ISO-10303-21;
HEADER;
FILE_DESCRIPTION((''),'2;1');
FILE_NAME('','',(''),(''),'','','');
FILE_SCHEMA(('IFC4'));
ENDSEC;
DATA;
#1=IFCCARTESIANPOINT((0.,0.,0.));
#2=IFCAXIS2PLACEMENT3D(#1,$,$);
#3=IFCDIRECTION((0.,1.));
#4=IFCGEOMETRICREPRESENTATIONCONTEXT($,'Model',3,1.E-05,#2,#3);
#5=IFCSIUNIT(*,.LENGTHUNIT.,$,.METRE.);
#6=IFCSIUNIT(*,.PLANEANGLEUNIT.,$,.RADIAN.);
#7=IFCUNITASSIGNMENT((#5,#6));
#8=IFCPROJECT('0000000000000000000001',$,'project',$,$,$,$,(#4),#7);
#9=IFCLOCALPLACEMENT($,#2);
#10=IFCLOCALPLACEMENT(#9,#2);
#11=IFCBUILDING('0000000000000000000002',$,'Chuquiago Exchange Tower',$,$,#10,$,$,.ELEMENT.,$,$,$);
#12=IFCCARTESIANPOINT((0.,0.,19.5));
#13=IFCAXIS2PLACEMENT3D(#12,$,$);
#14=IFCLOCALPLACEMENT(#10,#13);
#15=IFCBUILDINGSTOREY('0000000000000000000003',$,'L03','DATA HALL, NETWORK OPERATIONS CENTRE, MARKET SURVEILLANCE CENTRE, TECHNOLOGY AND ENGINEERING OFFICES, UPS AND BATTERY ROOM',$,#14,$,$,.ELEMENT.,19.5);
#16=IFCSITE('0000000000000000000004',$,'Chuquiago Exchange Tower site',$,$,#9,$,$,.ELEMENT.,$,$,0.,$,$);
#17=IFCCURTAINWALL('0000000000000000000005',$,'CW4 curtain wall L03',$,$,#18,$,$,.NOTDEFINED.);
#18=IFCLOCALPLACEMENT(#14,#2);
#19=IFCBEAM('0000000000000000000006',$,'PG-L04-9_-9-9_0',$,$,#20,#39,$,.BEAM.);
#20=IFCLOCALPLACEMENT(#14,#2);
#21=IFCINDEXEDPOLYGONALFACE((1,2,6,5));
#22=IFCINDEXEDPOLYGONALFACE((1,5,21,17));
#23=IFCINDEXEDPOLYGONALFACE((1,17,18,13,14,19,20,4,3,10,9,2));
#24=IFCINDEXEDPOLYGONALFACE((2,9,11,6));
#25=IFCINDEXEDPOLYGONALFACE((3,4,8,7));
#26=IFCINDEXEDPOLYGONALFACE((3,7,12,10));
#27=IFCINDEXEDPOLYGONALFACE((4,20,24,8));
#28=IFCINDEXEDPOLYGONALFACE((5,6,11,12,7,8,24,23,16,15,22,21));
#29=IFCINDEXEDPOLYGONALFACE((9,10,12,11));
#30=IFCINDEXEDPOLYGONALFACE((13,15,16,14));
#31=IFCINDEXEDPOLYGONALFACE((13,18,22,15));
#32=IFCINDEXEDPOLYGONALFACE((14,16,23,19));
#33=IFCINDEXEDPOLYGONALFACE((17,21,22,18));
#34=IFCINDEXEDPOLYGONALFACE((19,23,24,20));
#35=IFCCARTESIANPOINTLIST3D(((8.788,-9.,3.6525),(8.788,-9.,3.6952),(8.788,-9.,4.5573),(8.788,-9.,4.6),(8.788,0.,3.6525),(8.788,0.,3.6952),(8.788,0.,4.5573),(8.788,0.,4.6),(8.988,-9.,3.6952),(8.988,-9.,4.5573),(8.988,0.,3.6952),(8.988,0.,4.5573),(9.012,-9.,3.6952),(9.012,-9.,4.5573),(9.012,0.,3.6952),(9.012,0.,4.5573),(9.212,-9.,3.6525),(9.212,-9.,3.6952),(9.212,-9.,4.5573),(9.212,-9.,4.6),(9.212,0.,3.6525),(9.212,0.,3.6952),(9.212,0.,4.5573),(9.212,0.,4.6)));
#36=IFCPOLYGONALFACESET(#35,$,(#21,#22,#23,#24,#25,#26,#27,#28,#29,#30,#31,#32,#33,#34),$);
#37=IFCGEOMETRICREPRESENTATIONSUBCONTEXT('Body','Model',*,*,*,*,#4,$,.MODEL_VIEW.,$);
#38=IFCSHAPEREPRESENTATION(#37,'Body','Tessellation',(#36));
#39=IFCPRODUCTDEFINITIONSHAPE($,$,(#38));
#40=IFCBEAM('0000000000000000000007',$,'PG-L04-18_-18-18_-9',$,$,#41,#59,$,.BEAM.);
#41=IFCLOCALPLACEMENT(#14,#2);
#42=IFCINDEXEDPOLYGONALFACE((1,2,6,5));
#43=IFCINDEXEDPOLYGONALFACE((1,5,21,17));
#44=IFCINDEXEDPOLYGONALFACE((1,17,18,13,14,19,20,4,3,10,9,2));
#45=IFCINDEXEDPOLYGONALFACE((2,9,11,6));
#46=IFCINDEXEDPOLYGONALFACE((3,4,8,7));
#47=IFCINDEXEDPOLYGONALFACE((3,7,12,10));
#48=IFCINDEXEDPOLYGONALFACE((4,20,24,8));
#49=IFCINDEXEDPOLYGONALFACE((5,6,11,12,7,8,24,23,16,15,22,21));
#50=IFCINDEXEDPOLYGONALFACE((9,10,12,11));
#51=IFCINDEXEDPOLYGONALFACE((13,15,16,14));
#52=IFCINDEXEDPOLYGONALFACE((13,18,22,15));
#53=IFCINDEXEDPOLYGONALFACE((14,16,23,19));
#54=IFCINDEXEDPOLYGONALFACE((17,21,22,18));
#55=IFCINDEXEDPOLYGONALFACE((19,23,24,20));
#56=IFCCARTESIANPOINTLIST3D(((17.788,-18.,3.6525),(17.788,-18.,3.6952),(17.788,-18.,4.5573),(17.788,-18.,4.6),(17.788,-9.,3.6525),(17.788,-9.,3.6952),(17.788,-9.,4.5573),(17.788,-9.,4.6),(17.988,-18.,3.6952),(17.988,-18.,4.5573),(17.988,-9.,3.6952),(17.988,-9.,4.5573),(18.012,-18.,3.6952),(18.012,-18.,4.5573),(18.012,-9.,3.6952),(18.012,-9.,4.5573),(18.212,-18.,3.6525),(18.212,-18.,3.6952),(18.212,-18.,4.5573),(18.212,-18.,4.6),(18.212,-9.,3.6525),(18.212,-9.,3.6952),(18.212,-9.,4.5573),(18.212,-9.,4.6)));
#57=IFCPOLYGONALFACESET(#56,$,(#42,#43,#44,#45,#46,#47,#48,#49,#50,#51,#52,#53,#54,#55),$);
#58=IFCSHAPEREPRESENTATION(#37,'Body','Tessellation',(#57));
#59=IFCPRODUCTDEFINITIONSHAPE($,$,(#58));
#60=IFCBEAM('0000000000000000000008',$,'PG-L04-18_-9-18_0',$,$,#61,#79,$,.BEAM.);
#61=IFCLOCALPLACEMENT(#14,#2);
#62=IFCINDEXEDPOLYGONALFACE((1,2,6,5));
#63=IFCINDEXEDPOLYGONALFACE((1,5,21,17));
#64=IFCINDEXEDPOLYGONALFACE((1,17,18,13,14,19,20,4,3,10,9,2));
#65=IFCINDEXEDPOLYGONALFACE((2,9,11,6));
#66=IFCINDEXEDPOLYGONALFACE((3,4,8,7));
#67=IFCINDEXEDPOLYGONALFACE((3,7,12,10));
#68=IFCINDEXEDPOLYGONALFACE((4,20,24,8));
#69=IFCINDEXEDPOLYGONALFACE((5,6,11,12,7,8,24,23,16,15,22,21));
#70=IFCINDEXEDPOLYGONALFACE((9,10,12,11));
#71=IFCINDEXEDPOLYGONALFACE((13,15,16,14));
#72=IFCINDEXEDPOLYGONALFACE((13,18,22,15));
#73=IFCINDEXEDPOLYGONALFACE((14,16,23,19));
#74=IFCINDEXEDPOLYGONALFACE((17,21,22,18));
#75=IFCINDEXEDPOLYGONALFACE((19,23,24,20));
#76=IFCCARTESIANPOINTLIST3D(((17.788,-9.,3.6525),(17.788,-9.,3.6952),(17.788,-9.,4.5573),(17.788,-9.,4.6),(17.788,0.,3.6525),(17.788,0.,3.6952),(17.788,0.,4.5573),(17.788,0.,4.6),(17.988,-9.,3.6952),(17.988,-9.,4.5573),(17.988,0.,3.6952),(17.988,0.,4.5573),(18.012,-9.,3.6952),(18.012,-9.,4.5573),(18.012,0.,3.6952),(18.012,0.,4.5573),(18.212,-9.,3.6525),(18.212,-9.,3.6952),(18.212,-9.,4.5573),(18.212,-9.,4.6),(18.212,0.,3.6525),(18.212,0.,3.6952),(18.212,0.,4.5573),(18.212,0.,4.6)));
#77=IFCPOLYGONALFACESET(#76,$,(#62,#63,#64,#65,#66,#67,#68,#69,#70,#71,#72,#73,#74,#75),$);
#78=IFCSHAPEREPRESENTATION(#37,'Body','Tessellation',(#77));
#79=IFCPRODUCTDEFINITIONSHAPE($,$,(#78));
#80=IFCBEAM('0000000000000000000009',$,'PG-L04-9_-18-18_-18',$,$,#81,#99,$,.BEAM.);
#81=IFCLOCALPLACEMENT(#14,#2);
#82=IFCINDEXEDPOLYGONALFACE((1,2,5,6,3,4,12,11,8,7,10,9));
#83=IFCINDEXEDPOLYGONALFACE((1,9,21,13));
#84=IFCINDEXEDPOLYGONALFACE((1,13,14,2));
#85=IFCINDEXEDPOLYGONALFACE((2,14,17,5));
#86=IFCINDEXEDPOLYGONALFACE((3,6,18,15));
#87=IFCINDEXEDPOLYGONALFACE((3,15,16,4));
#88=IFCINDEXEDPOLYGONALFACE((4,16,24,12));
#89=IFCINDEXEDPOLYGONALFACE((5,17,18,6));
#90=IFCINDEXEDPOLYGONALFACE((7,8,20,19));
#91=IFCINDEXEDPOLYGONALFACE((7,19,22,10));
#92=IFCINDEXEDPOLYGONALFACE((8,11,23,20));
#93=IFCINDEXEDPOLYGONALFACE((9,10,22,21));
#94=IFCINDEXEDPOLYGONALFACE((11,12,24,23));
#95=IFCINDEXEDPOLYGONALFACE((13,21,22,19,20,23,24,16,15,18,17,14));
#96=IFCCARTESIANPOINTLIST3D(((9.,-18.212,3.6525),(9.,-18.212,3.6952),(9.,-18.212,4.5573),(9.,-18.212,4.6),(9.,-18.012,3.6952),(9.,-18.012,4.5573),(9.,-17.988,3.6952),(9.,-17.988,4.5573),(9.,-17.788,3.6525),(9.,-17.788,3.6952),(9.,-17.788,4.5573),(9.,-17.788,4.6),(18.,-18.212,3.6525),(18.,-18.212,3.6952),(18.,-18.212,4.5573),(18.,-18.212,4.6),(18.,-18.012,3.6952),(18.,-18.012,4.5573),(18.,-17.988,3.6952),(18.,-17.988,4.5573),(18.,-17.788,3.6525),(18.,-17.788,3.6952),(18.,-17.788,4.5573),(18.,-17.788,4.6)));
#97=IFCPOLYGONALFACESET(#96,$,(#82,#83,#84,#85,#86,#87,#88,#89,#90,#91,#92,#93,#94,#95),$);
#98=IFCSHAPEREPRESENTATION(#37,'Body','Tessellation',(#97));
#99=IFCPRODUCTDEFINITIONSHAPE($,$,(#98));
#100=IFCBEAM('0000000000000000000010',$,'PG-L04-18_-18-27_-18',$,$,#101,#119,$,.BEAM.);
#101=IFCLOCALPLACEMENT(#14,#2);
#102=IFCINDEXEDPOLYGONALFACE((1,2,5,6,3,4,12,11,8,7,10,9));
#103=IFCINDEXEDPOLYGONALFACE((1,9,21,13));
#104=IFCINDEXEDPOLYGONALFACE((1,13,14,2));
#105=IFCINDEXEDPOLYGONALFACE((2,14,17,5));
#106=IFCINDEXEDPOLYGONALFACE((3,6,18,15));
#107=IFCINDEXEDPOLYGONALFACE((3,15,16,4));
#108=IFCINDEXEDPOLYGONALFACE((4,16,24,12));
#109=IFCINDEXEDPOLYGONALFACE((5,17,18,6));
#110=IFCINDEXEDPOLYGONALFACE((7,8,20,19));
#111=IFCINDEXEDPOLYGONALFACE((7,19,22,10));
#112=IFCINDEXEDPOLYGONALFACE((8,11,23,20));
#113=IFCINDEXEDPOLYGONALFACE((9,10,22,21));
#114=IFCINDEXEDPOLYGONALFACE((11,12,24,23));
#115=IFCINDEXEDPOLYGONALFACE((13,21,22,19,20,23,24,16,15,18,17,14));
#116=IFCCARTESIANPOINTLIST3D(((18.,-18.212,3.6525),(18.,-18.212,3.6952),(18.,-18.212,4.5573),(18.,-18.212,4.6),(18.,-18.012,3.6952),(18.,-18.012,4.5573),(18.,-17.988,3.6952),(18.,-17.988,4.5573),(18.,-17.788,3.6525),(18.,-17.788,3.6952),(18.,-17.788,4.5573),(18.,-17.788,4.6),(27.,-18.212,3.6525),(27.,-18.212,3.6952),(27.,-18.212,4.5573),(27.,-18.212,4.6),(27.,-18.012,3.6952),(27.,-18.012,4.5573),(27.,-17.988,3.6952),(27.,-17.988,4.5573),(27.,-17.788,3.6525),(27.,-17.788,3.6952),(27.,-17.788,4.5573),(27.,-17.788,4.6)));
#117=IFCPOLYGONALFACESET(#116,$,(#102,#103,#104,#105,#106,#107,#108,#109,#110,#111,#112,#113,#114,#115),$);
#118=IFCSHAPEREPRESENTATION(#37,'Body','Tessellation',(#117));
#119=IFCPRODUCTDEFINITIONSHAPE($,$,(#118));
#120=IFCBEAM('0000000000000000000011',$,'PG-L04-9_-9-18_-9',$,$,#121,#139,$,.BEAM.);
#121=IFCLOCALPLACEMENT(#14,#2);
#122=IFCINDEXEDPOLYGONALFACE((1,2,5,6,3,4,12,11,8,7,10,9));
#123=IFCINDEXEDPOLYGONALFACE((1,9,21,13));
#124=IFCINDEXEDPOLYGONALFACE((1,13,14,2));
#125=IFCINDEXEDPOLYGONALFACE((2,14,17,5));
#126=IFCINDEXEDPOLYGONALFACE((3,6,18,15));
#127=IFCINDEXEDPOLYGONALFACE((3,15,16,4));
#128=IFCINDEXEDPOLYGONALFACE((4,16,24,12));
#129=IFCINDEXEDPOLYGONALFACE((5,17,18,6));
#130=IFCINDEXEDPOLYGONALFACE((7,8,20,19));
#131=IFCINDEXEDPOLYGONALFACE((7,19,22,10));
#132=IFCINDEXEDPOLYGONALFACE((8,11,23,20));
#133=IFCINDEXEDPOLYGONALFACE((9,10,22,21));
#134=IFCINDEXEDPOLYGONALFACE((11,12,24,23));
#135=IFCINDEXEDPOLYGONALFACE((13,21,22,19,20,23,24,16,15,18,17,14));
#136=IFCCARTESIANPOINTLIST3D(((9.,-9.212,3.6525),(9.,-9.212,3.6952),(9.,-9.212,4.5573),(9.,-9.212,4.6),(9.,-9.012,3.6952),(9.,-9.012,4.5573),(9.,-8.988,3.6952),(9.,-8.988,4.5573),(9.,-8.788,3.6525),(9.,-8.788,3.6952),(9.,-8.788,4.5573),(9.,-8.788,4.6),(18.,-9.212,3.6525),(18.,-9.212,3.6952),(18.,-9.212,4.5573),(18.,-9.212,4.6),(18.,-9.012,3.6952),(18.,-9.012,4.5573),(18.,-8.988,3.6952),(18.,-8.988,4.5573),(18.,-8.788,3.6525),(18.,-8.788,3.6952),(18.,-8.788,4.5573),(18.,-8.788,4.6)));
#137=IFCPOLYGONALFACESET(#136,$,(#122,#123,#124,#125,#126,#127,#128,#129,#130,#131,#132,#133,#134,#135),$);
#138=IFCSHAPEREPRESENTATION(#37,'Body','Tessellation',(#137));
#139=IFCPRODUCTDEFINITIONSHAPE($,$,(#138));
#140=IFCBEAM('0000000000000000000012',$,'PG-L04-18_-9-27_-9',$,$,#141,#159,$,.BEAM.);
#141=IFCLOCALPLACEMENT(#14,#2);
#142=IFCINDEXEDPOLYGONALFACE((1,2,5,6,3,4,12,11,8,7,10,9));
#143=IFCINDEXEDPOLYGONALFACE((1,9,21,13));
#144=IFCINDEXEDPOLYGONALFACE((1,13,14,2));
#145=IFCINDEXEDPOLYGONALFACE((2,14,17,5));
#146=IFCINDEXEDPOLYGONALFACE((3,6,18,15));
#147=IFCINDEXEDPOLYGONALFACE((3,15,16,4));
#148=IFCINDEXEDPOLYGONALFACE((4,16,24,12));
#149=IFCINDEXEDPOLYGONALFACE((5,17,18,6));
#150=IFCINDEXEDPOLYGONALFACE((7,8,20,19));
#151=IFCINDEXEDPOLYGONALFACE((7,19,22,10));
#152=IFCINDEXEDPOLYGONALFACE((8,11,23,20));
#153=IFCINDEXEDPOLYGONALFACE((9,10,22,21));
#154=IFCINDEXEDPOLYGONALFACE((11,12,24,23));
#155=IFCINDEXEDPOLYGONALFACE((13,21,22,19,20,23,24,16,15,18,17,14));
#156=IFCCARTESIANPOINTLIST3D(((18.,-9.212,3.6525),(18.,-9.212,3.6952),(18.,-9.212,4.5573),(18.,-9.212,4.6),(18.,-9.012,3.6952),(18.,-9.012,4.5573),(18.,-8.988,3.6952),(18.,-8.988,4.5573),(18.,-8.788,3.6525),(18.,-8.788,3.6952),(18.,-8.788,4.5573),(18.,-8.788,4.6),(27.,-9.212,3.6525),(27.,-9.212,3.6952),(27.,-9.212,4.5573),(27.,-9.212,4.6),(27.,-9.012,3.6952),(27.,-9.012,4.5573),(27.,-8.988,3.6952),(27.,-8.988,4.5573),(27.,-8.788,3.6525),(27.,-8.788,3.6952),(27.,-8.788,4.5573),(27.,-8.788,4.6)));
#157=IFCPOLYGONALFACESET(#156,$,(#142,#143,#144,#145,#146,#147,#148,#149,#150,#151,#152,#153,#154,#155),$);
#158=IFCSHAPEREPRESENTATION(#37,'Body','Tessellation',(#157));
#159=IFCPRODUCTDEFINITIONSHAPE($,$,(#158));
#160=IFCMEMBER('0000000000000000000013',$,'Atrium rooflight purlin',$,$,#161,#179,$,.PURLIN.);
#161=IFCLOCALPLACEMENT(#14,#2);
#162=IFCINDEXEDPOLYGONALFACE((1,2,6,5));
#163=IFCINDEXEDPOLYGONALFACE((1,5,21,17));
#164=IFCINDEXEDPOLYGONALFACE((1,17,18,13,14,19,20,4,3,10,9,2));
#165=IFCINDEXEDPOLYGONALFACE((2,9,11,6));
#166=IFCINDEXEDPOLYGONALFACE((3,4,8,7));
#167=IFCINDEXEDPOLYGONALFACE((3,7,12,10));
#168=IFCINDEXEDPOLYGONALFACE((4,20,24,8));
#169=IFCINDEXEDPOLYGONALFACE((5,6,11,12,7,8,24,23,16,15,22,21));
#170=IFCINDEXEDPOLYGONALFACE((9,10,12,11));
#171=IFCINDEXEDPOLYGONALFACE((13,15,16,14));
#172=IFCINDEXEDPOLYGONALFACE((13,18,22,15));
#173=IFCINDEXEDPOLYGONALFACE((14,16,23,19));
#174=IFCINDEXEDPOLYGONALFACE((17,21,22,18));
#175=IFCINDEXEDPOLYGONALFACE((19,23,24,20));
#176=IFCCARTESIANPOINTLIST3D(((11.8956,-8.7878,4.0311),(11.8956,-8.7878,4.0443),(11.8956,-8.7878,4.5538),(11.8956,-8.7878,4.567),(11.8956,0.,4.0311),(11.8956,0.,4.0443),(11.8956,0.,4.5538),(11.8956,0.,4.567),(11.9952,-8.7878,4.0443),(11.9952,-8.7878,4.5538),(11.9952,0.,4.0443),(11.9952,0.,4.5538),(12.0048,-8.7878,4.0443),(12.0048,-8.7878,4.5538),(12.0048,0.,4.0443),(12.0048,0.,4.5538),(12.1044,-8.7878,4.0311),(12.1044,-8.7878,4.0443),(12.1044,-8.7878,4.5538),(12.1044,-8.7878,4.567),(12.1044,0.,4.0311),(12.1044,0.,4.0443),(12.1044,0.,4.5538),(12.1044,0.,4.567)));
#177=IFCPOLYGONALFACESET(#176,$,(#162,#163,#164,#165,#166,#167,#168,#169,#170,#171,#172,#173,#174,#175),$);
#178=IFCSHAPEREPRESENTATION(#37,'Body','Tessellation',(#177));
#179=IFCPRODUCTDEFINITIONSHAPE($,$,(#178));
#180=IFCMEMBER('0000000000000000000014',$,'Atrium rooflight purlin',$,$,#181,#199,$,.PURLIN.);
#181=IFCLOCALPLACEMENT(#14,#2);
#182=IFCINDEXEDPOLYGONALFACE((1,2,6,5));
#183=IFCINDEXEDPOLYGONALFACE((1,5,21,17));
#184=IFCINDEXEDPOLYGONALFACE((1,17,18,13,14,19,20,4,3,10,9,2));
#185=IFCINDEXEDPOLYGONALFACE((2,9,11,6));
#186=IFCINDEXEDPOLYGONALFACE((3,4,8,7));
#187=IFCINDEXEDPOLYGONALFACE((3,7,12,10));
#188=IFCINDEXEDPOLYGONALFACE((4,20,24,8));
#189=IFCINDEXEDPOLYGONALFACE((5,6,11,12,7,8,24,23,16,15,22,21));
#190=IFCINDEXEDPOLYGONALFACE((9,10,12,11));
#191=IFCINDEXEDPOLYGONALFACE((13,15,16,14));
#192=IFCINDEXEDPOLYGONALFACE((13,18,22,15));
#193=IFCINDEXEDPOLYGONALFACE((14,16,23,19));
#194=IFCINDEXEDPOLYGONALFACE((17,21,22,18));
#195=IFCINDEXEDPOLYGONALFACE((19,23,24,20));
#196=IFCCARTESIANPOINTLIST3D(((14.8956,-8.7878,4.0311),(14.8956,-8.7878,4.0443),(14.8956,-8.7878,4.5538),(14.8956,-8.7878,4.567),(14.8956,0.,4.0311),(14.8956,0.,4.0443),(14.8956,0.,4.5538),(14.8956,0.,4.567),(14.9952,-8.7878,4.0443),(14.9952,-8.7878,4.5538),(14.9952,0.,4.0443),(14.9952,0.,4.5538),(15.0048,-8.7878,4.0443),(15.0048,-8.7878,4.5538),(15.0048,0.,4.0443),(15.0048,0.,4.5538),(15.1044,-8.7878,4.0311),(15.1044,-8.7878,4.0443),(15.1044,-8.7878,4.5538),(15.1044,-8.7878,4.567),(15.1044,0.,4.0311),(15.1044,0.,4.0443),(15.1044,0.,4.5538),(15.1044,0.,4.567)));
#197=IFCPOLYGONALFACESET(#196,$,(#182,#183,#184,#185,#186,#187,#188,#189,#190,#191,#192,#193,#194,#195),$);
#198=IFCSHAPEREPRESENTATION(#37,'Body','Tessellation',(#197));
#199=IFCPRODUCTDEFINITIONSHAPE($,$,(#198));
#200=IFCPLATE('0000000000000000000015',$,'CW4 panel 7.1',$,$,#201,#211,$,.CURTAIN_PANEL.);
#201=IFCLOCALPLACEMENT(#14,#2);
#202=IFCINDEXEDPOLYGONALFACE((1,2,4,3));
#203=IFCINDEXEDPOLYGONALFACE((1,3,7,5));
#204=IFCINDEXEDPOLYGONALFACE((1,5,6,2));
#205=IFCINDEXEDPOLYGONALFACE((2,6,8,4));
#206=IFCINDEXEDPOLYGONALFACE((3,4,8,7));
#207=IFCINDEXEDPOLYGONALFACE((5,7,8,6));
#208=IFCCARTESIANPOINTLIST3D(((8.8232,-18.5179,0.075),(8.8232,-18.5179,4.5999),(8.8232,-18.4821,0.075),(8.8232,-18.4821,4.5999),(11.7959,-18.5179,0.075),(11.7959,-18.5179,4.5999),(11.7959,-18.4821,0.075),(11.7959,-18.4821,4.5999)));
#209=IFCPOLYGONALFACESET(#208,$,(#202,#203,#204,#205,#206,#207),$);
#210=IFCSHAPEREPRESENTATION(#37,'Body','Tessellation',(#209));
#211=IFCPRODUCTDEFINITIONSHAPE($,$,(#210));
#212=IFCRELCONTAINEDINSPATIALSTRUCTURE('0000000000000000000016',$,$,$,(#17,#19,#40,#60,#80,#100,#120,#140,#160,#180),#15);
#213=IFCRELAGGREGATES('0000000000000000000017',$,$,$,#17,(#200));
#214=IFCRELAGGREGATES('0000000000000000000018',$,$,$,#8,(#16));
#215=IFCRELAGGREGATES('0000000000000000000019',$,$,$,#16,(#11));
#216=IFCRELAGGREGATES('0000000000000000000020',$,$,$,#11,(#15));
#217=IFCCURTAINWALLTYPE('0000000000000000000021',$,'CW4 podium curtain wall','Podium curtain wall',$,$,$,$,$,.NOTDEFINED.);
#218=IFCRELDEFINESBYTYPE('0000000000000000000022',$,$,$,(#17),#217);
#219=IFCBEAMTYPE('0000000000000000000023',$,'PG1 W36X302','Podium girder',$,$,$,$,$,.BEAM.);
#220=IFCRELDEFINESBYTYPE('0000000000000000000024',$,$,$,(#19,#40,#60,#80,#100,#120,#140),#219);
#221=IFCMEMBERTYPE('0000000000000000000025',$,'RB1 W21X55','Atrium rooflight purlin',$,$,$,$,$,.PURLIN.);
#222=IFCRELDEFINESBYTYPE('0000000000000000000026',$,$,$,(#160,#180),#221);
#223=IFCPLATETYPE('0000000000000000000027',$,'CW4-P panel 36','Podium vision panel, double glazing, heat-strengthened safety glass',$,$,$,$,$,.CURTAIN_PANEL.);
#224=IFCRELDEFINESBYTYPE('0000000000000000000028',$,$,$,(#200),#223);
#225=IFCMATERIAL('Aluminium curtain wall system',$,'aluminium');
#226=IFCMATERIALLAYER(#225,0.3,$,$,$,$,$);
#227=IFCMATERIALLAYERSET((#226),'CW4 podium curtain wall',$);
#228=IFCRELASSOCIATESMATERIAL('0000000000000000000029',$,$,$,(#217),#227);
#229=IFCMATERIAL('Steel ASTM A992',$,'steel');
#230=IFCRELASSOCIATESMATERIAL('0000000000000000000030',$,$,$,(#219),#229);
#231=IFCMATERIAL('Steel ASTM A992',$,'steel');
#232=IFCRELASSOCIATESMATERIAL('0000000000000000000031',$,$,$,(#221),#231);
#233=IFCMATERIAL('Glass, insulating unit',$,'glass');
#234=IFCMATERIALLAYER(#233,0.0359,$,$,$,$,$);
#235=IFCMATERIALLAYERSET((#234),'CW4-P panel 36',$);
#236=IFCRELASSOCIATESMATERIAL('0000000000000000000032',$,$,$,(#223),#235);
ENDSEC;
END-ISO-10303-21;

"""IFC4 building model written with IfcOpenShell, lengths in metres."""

from ifc_helpers import new_model, si_unit, direction, frame, origin, origin_2d, place, context, subcontext, project, spatial, rectangle, i_section, extrude, material, layer, layer_set, material_profile, profile_set, type_object, element, aggregate, save


model = new_model("IFC4")

# Units and contexts
model_context = context("Model", 3, precision=1e-05, world=origin(), true_north=direction((0.0, 1.0)))
body_context = subcontext(model_context, "Body", "Model", "MODEL_VIEW")
ifc_project = project(units=[si_unit("LENGTHUNIT", "METRE"), si_unit("PLANEANGLEUNIT", "RADIAN")], contexts=[model_context])

# Site, building, storey
site_placement = place(None, origin())
site = spatial("IfcSite", under=ifc_project, at=site_placement, Name="Chuquiago Exchange Tower site", CompositionType="ELEMENT", RefElevation=0.0)
building_placement = place(site_placement, origin())
building = spatial("IfcBuilding", under=site, at=building_placement, Name="Chuquiago Exchange Tower", CompositionType="ELEMENT")
storey_placement = place(building_placement, frame((0.0, 0.0, 19.5)))
storey = spatial("IfcBuildingStorey", under=building, at=storey_placement, Name="L03", Description="DATA HALL, NETWORK OPERATIONS CENTRE, MARKET SURVEILLANCE CENTRE, TECHNOLOGY AND ENGINEERING OFFICES, UPS AND BATTERY ROOM", CompositionType="ELEMENT", Elevation=19.5)

# Curtain wall
ifc_material_1 = material(Name="Aluminium curtain wall system", Category="aluminium")
ifc_layer_1 = layer(ifc_material_1, 0.3)
ifc_layer_set_1 = layer_set([ifc_layer_1], Name="CW4 podium curtain wall")
curtain_wall_type = type_object("IfcCurtainWallType", Name="CW4 podium curtain wall", Description="Podium curtain wall", PredefinedType="NOTDEFINED", material=ifc_layer_set_1)
curtain_wall_placement = place(storey_placement, origin())
curtain_wall = element("IfcCurtainWall", 1, at=curtain_wall_placement, inside=storey, type_object=curtain_wall_type, Name="CW4 curtain wall L03", PredefinedType="NOTDEFINED")

# Beams
ifc_material_2 = material(Name="Steel ASTM A992", Category="steel")
ifc_material_profile_1 = material_profile(ifc_material_2, i_section(OverallWidth=0.4241, OverallDepth=0.9475, WebThickness=0.0239, FlangeThickness=0.0427, at=origin_2d()), Name="W36X302")
ifc_profile_set_1 = profile_set([ifc_material_profile_1], Name="Steel ASTM A992")
beam_type_1 = type_object("IfcBeamType", Name="PG1 W36X302", Description="Podium girder", PredefinedType="BEAM", material=ifc_profile_set_1)
for number, where, z_axis, x_axis, name in (
    (2, (9.0, -9.0, 4.1262), (0.0, 1.0, 0.0), (-1.0, 0.0, 0.0), "PG-L04-9_-9-9_0"),
    (3, (18.0, -18.0, 4.1262), (0.0, 1.0, 0.0), (-1.0, 0.0, 0.0), "PG-L04-18_-18-18_-9"),
    (4, (18.0, -9.0, 4.1262), (0.0, 1.0, 0.0), (-1.0, 0.0, 0.0), "PG-L04-18_-9-18_0"),
    (5, (9.0, -18.0, 4.1262), (1.0, 0.0, 0.0), (0.0, 1.0, 0.0), "PG-L04-9_-18-18_-18"),
    (6, (18.0, -18.0, 4.1262), (1.0, 0.0, 0.0), (0.0, 1.0, 0.0), "PG-L04-18_-18-27_-18"),
    (7, (9.0, -9.0, 4.1262), (1.0, 0.0, 0.0), (0.0, 1.0, 0.0), "PG-L04-9_-9-18_-9"),
    (8, (18.0, -9.0, 4.1262), (1.0, 0.0, 0.0), (0.0, 1.0, 0.0), "PG-L04-18_-9-27_-9"),
):
    element("IfcBeam", number, at=place(storey_placement, frame(where, z_axis=z_axis, x_axis=x_axis)), inside=storey, type_object=beam_type_1, Name=name, PredefinedType="BEAM", context=body_context, shape_type="SweptSolid", body=[
        extrude(i_section(OverallWidth=0.4241, OverallDepth=0.9475, WebThickness=0.0239, FlangeThickness=0.0427, at=origin_2d()), origin(), (0.0, 0.0, 1.0), 9.0),
    ])

# Members
ifc_material_3 = material(Name="Steel ASTM A992", Category="steel")
ifc_material_profile_2 = material_profile(ifc_material_3, i_section(OverallWidth=0.2087, OverallDepth=0.5359, WebThickness=0.0095, FlangeThickness=0.0132, at=origin_2d()), Name="W21X55")
ifc_profile_set_2 = profile_set([ifc_material_profile_2], Name="Steel ASTM A992")
member_type_1 = type_object("IfcMemberType", Name="RB1 W21X55", Description="Atrium rooflight purlin", PredefinedType="PURLIN", material=ifc_profile_set_2)
for number, where, z_axis, x_axis, name in (
    (9, (12.0, -8.7878, 4.2991), (0.0, 1.0, 0.0), (-1.0, 0.0, 0.0), "Atrium rooflight purlin"),
    (10, (15.0, -8.7878, 4.2991), (0.0, 1.0, 0.0), (-1.0, 0.0, 0.0), "Atrium rooflight purlin"),
):
    element("IfcMember", number, at=place(storey_placement, frame(where, z_axis=z_axis, x_axis=x_axis)), inside=storey, type_object=member_type_1, Name=name, PredefinedType="PURLIN", context=body_context, shape_type="SweptSolid", body=[
        extrude(i_section(OverallWidth=0.2087, OverallDepth=0.5359, WebThickness=0.0095, FlangeThickness=0.0132, at=origin_2d()), origin(), (0.0, 0.0, 1.0), 8.7878),
    ])

# Plate
ifc_material_4 = material(Name="Glass, insulating unit", Category="glass")
ifc_layer_2 = layer(ifc_material_4, 0.0359)
ifc_layer_set_2 = layer_set([ifc_layer_2], Name="CW4-P panel 36")
plate_type = type_object("IfcPlateType", Name="CW4-P panel 36", Description="Podium vision panel, double glazing, heat-strengthened safety glass", PredefinedType="CURTAIN_PANEL", material=ifc_layer_set_2)
plate_1_placement = place(storey_placement, frame((10.3096, -18.5, 0.075), z_axis=(0.0, 0.0, 1.0), x_axis=(1.0, 0.0, 0.0)))
plate_1 = element("IfcPlate", 11, at=plate_1_placement, type_object=plate_type, Name="CW4 panel 7.1", PredefinedType="CURTAIN_PANEL", context=body_context, shape_type="SweptSolid", body=[
    extrude(rectangle(XDim=2.9727, YDim=0.0359, at=origin_2d()), origin(), (0.0, 0.0, 1.0), 4.5249),
])
aggregate(curtain_wall, [plate_1])

save(model, "model.ifc")
